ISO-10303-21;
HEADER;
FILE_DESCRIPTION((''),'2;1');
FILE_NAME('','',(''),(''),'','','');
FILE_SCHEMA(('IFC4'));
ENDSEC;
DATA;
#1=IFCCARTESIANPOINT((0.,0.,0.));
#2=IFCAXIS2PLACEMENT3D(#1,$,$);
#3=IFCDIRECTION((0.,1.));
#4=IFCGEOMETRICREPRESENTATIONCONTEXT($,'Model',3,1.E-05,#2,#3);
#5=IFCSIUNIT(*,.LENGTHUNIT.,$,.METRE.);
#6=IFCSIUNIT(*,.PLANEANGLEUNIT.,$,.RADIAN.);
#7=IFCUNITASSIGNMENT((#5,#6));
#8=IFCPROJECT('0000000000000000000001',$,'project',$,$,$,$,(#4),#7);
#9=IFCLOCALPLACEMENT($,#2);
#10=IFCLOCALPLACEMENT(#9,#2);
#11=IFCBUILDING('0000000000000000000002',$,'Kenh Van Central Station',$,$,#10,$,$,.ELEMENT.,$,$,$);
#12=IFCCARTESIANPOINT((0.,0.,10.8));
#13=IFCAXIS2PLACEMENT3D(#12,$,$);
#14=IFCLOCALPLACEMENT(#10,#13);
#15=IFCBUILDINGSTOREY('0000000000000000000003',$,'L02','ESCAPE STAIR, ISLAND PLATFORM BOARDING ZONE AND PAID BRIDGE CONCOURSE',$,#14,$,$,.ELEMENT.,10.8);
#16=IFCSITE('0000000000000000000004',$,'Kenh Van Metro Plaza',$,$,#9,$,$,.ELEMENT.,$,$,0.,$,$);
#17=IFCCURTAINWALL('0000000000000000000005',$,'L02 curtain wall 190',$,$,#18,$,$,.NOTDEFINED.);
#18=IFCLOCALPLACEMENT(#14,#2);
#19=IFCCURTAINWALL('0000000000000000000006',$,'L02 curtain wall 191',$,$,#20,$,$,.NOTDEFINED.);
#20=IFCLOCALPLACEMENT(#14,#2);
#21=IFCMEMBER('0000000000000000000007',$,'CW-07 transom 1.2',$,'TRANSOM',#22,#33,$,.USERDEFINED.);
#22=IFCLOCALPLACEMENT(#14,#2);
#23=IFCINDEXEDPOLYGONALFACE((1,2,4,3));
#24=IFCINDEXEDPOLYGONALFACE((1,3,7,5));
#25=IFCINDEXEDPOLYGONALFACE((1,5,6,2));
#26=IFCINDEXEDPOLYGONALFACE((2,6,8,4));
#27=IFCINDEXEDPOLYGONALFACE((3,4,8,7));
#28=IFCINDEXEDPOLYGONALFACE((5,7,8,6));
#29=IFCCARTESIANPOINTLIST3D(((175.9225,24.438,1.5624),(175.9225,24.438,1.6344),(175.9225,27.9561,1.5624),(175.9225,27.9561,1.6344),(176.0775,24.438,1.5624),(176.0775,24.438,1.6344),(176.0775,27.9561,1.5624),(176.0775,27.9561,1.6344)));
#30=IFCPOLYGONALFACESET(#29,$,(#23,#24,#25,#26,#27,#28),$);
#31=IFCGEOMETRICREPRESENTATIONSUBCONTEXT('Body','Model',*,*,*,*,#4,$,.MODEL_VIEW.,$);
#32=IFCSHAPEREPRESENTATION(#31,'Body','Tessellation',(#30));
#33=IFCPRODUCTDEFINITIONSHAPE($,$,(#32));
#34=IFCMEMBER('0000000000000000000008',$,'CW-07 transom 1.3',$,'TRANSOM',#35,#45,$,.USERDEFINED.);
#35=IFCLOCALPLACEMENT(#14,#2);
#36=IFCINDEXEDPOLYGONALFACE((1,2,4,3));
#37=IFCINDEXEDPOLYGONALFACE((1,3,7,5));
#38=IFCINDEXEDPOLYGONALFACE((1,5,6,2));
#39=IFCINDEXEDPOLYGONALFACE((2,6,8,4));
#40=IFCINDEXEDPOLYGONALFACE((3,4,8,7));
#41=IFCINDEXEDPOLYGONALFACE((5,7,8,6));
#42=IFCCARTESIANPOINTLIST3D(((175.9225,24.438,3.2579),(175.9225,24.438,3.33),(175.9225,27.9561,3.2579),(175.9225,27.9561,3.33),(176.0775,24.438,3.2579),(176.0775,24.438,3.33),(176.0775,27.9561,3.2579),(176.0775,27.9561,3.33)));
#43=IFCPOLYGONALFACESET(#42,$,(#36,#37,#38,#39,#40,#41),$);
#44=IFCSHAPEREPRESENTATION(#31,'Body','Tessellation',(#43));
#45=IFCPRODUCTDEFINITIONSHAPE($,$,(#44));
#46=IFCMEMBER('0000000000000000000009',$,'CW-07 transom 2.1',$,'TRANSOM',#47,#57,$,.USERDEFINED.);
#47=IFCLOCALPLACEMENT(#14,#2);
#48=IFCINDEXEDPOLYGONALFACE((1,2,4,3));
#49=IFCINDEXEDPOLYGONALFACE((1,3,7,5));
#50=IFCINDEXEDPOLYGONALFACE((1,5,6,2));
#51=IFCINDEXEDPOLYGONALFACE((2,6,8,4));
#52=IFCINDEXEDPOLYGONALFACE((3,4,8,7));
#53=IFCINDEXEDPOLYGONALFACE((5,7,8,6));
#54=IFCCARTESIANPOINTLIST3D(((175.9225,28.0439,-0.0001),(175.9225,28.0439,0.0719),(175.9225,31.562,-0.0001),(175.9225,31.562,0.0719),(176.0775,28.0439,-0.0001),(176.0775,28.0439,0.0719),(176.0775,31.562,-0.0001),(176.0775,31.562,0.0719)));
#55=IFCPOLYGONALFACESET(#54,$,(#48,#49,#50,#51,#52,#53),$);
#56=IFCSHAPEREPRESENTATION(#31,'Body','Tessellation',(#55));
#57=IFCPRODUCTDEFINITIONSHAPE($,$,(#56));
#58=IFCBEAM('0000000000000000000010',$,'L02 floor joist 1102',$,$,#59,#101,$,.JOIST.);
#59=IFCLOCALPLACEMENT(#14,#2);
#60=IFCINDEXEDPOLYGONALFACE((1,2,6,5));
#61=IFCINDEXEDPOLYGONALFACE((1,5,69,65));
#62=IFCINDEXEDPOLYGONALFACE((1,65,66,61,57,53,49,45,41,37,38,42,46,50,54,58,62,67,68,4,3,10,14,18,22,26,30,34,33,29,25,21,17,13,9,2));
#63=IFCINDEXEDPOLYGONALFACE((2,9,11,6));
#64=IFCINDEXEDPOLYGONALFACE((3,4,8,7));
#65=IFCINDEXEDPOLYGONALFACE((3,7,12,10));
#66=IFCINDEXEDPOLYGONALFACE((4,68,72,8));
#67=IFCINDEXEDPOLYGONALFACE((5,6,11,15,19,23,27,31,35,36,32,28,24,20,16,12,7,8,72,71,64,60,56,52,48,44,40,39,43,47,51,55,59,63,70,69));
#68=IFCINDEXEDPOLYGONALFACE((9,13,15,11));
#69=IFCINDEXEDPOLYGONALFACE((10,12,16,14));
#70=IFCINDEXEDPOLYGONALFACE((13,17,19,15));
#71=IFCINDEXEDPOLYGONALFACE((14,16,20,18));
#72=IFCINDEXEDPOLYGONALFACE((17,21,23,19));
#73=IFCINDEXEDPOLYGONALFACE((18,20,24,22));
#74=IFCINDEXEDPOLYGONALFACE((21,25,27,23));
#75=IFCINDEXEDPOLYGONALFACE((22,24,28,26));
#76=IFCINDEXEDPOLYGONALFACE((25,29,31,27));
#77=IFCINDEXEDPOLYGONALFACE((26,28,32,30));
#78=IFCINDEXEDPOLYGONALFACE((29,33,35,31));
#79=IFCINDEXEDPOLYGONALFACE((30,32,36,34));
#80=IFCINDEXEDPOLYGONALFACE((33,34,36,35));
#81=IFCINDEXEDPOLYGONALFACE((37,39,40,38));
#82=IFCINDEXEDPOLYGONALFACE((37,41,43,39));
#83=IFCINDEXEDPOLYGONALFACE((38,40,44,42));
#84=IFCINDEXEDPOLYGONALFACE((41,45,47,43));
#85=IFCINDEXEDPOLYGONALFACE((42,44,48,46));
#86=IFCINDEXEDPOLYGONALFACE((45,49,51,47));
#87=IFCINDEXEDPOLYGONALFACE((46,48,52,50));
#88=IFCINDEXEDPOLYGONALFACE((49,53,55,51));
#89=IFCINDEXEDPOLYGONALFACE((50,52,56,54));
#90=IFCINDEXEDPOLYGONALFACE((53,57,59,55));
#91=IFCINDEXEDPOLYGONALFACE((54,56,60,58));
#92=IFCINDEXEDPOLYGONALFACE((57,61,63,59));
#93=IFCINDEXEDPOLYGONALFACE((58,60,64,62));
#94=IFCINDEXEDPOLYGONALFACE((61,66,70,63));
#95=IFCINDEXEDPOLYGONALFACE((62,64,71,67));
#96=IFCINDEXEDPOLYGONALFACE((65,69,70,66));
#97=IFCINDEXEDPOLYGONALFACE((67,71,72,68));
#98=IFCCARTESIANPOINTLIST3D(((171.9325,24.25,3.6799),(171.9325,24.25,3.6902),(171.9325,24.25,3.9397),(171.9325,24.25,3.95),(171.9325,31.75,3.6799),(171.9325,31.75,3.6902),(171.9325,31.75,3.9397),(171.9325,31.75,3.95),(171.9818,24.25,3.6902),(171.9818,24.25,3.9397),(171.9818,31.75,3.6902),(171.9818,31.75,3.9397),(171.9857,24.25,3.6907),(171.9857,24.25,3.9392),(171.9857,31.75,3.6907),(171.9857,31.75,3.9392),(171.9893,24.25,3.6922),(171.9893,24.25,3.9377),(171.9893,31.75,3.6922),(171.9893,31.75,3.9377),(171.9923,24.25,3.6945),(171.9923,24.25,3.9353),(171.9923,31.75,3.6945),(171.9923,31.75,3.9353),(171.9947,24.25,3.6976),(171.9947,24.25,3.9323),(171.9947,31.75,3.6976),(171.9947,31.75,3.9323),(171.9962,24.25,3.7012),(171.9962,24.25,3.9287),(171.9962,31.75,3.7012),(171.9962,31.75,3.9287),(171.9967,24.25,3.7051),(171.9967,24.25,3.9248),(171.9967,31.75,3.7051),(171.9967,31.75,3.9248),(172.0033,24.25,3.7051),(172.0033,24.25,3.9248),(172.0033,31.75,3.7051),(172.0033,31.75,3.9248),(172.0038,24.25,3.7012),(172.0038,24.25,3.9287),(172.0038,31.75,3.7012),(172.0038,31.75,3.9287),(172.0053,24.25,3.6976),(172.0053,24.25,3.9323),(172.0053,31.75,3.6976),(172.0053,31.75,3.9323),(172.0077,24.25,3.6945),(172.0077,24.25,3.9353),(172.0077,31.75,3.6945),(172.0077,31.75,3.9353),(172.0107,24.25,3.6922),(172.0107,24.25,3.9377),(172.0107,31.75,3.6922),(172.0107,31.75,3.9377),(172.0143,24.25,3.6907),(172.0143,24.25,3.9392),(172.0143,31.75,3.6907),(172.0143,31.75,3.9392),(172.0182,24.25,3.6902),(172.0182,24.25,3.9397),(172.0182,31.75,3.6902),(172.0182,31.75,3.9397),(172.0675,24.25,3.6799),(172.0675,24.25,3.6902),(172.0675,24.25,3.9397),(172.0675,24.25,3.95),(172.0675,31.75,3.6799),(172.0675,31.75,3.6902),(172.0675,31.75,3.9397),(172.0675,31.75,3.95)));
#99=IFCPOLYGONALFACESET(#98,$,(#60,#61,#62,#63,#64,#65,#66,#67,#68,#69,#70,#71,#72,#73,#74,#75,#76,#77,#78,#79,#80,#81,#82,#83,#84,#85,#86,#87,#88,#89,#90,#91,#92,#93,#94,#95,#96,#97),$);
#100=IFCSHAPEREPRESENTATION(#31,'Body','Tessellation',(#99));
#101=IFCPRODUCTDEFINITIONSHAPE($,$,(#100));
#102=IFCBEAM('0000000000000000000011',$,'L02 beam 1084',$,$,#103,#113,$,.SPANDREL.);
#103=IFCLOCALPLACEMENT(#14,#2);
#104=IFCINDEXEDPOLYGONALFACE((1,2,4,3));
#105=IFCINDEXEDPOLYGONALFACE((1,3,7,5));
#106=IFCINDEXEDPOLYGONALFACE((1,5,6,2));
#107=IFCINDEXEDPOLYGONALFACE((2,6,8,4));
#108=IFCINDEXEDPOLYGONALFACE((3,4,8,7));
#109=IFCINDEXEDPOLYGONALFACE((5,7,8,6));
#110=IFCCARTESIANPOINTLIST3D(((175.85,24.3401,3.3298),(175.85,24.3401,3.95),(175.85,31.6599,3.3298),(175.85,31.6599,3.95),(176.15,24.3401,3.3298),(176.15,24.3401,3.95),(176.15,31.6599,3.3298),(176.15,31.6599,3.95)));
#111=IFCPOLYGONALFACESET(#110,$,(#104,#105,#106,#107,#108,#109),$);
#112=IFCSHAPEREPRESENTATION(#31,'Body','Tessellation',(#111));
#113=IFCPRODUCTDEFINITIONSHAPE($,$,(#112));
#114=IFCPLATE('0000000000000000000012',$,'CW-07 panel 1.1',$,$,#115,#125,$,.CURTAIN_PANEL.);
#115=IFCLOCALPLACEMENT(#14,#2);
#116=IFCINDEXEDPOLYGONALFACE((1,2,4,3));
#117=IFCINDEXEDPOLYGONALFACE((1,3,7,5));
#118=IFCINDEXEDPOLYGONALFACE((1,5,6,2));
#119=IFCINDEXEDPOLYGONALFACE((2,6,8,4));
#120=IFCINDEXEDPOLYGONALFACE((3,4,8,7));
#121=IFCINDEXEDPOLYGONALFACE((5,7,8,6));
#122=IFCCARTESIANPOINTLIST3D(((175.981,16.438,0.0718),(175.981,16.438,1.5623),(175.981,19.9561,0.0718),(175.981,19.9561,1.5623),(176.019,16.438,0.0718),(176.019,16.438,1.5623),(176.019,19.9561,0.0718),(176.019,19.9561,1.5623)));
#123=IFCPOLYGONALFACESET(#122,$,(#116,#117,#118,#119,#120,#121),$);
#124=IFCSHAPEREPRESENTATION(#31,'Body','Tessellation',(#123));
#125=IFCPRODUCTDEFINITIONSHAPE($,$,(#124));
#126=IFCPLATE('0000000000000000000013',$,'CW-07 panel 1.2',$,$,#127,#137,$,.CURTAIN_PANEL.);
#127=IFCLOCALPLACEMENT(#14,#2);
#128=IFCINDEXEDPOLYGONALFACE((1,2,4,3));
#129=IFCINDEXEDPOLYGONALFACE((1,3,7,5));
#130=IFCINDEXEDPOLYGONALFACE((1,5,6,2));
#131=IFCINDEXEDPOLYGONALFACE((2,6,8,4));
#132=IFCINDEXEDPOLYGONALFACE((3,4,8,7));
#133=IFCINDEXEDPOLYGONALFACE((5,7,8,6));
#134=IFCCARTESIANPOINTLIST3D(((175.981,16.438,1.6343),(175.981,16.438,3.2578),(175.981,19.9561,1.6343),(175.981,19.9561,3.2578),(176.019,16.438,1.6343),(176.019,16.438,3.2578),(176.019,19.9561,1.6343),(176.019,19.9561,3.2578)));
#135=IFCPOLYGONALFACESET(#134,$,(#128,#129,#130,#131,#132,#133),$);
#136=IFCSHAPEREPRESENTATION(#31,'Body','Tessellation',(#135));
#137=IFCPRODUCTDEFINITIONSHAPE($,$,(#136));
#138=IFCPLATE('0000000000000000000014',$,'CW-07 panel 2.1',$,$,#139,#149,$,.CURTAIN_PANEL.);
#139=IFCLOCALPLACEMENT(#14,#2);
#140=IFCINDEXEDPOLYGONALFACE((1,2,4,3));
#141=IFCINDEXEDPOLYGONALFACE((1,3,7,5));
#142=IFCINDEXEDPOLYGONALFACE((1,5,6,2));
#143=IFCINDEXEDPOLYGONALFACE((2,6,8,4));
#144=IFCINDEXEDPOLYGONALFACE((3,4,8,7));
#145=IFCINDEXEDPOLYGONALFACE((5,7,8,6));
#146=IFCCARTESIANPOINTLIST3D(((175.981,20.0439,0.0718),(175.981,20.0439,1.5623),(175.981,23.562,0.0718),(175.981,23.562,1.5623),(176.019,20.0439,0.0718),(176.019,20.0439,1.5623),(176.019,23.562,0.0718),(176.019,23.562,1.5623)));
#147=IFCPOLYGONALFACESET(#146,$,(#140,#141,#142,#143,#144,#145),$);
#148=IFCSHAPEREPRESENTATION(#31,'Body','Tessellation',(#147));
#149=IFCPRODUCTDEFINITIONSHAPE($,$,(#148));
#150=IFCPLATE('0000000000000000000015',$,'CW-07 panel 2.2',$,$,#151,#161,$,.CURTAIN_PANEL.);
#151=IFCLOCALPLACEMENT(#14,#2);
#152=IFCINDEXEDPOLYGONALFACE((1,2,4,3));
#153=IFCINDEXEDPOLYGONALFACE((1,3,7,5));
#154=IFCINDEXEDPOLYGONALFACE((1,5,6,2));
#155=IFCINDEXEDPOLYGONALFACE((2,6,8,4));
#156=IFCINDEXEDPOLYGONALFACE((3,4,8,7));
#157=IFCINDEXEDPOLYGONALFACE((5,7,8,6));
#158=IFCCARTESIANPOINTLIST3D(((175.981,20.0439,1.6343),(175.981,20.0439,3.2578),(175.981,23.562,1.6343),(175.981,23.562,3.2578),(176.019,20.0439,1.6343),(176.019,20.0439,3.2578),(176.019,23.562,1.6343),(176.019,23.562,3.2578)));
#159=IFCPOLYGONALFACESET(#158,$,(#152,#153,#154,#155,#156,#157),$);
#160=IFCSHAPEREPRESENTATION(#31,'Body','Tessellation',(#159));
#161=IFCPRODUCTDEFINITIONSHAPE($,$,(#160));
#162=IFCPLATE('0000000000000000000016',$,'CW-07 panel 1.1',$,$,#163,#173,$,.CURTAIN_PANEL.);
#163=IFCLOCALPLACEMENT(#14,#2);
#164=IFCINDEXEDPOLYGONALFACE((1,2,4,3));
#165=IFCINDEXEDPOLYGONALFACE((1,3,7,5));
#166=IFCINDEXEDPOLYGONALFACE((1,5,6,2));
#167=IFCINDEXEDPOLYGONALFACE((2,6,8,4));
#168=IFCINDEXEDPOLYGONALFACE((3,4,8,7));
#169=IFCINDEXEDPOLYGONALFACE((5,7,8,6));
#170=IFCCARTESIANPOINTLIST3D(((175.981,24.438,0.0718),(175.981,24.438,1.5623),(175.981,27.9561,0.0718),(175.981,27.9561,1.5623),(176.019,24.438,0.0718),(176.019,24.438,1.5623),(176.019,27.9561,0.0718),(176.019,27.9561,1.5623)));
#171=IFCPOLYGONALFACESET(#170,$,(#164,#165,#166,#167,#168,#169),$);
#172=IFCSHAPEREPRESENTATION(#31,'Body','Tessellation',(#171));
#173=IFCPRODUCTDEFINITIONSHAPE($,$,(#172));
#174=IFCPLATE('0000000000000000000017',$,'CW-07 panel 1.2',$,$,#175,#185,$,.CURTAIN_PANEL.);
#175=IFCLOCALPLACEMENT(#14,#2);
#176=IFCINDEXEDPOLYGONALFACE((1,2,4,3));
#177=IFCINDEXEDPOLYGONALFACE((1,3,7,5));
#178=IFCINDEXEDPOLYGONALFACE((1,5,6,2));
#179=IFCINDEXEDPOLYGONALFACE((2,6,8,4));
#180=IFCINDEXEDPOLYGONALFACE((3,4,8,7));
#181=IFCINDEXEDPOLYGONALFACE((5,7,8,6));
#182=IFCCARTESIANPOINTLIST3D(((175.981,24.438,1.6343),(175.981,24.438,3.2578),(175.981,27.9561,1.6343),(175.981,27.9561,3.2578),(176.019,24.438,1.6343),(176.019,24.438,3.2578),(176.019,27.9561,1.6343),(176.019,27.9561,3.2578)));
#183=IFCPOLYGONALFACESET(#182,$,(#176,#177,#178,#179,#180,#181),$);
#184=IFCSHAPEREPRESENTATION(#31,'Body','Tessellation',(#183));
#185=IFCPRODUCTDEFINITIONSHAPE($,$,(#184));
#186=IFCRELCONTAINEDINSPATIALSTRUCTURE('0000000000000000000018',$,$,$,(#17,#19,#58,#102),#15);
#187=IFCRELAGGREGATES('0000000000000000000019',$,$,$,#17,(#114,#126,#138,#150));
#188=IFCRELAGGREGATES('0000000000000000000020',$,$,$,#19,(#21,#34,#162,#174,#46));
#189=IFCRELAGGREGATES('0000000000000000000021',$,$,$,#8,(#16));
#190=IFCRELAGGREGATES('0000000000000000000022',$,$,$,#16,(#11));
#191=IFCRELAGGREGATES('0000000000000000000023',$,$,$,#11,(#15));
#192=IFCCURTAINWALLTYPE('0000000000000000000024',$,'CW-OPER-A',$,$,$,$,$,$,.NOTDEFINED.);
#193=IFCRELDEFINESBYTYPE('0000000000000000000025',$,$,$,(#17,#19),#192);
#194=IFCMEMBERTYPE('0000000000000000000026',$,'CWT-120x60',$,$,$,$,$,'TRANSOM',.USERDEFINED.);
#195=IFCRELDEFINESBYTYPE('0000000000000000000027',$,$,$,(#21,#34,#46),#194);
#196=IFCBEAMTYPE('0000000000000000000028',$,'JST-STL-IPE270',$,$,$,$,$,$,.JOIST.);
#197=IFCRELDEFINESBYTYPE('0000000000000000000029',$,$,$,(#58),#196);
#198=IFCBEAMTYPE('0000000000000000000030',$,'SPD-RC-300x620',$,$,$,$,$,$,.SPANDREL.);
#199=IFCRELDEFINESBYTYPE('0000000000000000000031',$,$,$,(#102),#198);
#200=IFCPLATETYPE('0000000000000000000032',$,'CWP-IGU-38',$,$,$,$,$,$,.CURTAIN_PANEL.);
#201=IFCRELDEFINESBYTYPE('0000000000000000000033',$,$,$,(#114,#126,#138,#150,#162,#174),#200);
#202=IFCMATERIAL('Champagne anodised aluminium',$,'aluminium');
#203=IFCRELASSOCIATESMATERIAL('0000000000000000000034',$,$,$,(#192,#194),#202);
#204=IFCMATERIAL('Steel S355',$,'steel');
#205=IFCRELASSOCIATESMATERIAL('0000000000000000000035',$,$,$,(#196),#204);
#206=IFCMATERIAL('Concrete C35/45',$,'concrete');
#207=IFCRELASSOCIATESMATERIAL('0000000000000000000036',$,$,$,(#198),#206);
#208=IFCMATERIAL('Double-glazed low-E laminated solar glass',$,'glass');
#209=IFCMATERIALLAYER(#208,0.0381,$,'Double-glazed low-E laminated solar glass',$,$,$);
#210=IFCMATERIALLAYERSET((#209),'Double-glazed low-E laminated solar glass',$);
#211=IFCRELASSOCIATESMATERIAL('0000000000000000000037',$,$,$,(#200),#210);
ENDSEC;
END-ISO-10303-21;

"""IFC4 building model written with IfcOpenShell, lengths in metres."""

from ifc_helpers import new_model, si_unit, direction, frame, origin, origin_2d, place, context, subcontext, project, spatial, rectangle, i_section, extrude, material, layer, layer_set, material_profile, profile_set, type_object, element, aggregate, save


model = new_model("IFC4")

# Units and contexts
model_context = context("Model", 3, precision=1e-05, world=origin(), true_north=direction((0.0, 1.0)))
body_context = subcontext(model_context, "Body", "Model", "MODEL_VIEW")
ifc_project = project(units=[si_unit("LENGTHUNIT", "METRE"), si_unit("PLANEANGLEUNIT", "RADIAN")], contexts=[model_context])

# Site, building, storey
site_placement = place(None, origin())
site = spatial("IfcSite", under=ifc_project, at=site_placement, Name="Kenh Van Metro Plaza", CompositionType="ELEMENT", RefElevation=0.0)
building_placement = place(site_placement, origin())
building = spatial("IfcBuilding", under=site, at=building_placement, Name="Kenh Van Central Station", CompositionType="ELEMENT")
storey_placement = place(building_placement, frame((0.0, 0.0, 10.8)))
storey = spatial("IfcBuildingStorey", under=building, at=storey_placement, Name="L02", Description="ESCAPE STAIR, ISLAND PLATFORM BOARDING ZONE AND PAID BRIDGE CONCOURSE", CompositionType="ELEMENT", Elevation=10.8)

# Shared definitions
ifc_material_1 = material(Name="Concrete C35/45", Category="concrete")

# Curtain walls
ifc_material_2 = material(Name="Champagne anodised aluminium", Category="aluminium")
curtain_wall_type = type_object("IfcCurtainWallType", Name="CW-OPER-A", PredefinedType="NOTDEFINED", material=ifc_material_2)
curtain_wall_1_placement = place(storey_placement, origin())
curtain_wall_1 = element("IfcCurtainWall", 1, at=curtain_wall_1_placement, inside=storey, type_object=curtain_wall_type, Name="L02 curtain wall 190", PredefinedType="NOTDEFINED")
curtain_wall_2_placement = place(storey_placement, origin())
curtain_wall_2 = element("IfcCurtainWall", 2, at=curtain_wall_2_placement, inside=storey, type_object=curtain_wall_type, Name="L02 curtain wall 191", PredefinedType="NOTDEFINED")

# Members
ifc_material_profile_1 = material_profile(ifc_material_2, rectangle(XDim=0.155, YDim=0.072, at=origin_2d()), Name="AL 155x72")
ifc_profile_set_1 = profile_set([ifc_material_profile_1], Name="Champagne anodised aluminium")
member_type_1 = type_object("IfcMemberType", Name="CWT-120x60", ElementType="TRANSOM", PredefinedType="USERDEFINED", material=ifc_profile_set_1)
member_1_placement = place(storey_placement, frame((176.0, 24.438, 1.5984), z_axis=(0.0, 1.0, 0.0), x_axis=(-1.0, 0.0, 0.0)))
member_1 = element("IfcMember", 3, at=member_1_placement, type_object=member_type_1, Name="CW-07 transom 1.2", ObjectType="TRANSOM", PredefinedType="USERDEFINED", context=body_context, shape_type="SweptSolid", body=[
    extrude(rectangle(XDim=0.155, YDim=0.072, at=origin_2d()), origin(), (0.0, 0.0, 1.0), 3.5181),
])
member_2_placement = place(storey_placement, frame((176.0, 24.438, 3.2939), z_axis=(0.0, 1.0, 0.0), x_axis=(-1.0, 0.0, 0.0)))
member_2 = element("IfcMember", 4, at=member_2_placement, type_object=member_type_1, Name="CW-07 transom 1.3", ObjectType="TRANSOM", PredefinedType="USERDEFINED", context=body_context, shape_type="SweptSolid", body=[
    extrude(rectangle(XDim=0.155, YDim=0.072, at=origin_2d()), origin(), (0.0, 0.0, 1.0), 3.5181),
])
member_3_placement = place(storey_placement, frame((176.0, 28.0439, 0.0359), z_axis=(0.0, 1.0, 0.0), x_axis=(-1.0, 0.0, 0.0)))
member_3 = element("IfcMember", 5, at=member_3_placement, type_object=member_type_1, Name="CW-07 transom 2.1", ObjectType="TRANSOM", PredefinedType="USERDEFINED", context=body_context, shape_type="SweptSolid", body=[
    extrude(rectangle(XDim=0.155, YDim=0.072, at=origin_2d()), origin(), (0.0, 0.0, 1.0), 3.5181),
])

# Beams
ifc_material_3 = material(Name="Steel S355", Category="steel")
ifc_material_profile_2 = material_profile(ifc_material_3, i_section(OverallWidth=0.135, OverallDepth=0.27, WebThickness=0.0066, FlangeThickness=0.0103, FilletRadius=0.0149, at=origin_2d()), Name="IPE 270")
ifc_profile_set_2 = profile_set([ifc_material_profile_2], Name="Steel S355")
beam_type_1 = type_object("IfcBeamType", Name="JST-STL-IPE270", PredefinedType="JOIST", material=ifc_profile_set_2)
beam_1_placement = place(storey_placement, frame((172.0, 24.25, 3.8149), z_axis=(0.0, 1.0, 0.0), x_axis=(-1.0, 0.0, 0.0)))
element("IfcBeam", 6, at=beam_1_placement, inside=storey, type_object=beam_type_1, Name="L02 floor joist 1102", PredefinedType="JOIST", context=body_context, shape_type="SweptSolid", body=[
    extrude(i_section(OverallWidth=0.135, OverallDepth=0.27, WebThickness=0.0066, FlangeThickness=0.0103, FilletRadius=0.0149, at=origin_2d()), origin(), (0.0, 0.0, 1.0), 7.5),
])
ifc_material_profile_3 = material_profile(ifc_material_1, rectangle(XDim=0.3, YDim=0.6201, at=origin_2d()), Name="RC 300x620")
ifc_profile_set_3 = profile_set([ifc_material_profile_3], Name="Concrete C35/45")
beam_type_2 = type_object("IfcBeamType", Name="SPD-RC-300x620", PredefinedType="SPANDREL", material=ifc_profile_set_3)
beam_2_placement = place(storey_placement, frame((176.0, 24.3401, 3.6399), z_axis=(0.0, 1.0, 0.0), x_axis=(-1.0, 0.0, 0.0)))
element("IfcBeam", 7, at=beam_2_placement, inside=storey, type_object=beam_type_2, Name="L02 beam 1084", PredefinedType="SPANDREL", context=body_context, shape_type="SweptSolid", body=[
    extrude(rectangle(XDim=0.3, YDim=0.6201, at=origin_2d()), origin(), (0.0, 0.0, 1.0), 7.3198),
])

# Plates
ifc_material_4 = material(Name="Double-glazed low-E laminated solar glass", Category="glass")
ifc_layer_1 = layer(ifc_material_4, 0.0381, Name="Double-glazed low-E laminated solar glass")
ifc_layer_set_1 = layer_set([ifc_layer_1], Name="Double-glazed low-E laminated solar glass")
plate_type = type_object("IfcPlateType", Name="CWP-IGU-38", PredefinedType="CURTAIN_PANEL", material=ifc_layer_set_1)
plate_1_placement = place(storey_placement, frame((176.0, 18.197, 0.0718), z_axis=(0.0, 0.0, 1.0), x_axis=(0.0, 1.0, 0.0)))
plate_1 = element("IfcPlate", 8, at=plate_1_placement, type_object=plate_type, Name="CW-07 panel 1.1", PredefinedType="CURTAIN_PANEL", context=body_context, shape_type="SweptSolid", body=[
    extrude(rectangle(XDim=3.5181, YDim=0.0381, at=origin_2d()), origin(), (0.0, 0.0, 1.0), 1.4905),
])
plate_2_placement = place(storey_placement, frame((176.0, 18.197, 1.6343), z_axis=(0.0, 0.0, 1.0), x_axis=(0.0, 1.0, 0.0)))
plate_2 = element("IfcPlate", 9, at=plate_2_placement, type_object=plate_type, Name="CW-07 panel 1.2", PredefinedType="CURTAIN_PANEL", context=body_context, shape_type="SweptSolid", body=[
    extrude(rectangle(XDim=3.5181, YDim=0.0381, at=origin_2d()), origin(), (0.0, 0.0, 1.0), 1.6235),
])
plate_3_placement = place(storey_placement, frame((176.0, 21.803, 0.0718), z_axis=(0.0, 0.0, 1.0), x_axis=(0.0, 1.0, 0.0)))
plate_3 = element("IfcPlate", 10, at=plate_3_placement, type_object=plate_type, Name="CW-07 panel 2.1", PredefinedType="CURTAIN_PANEL", context=body_context, shape_type="SweptSolid", body=[
    extrude(rectangle(XDim=3.5181, YDim=0.0381, at=origin_2d()), origin(), (0.0, 0.0, 1.0), 1.4905),
])
plate_4_placement = place(storey_placement, frame((176.0, 21.803, 1.6343), z_axis=(0.0, 0.0, 1.0), x_axis=(0.0, 1.0, 0.0)))
plate_4 = element("IfcPlate", 11, at=plate_4_placement, type_object=plate_type, Name="CW-07 panel 2.2", PredefinedType="CURTAIN_PANEL", context=body_context, shape_type="SweptSolid", body=[
    extrude(rectangle(XDim=3.5181, YDim=0.0381, at=origin_2d()), origin(), (0.0, 0.0, 1.0), 1.6235),
])
aggregate(curtain_wall_1, [plate_1, plate_2, plate_3, plate_4])
plate_5_placement = place(storey_placement, frame((176.0, 26.197, 0.0718), z_axis=(0.0, 0.0, 1.0), x_axis=(0.0, 1.0, 0.0)))
plate_5 = element("IfcPlate", 12, at=plate_5_placement, type_object=plate_type, Name="CW-07 panel 1.1", PredefinedType="CURTAIN_PANEL", context=body_context, shape_type="SweptSolid", body=[
    extrude(rectangle(XDim=3.5181, YDim=0.0381, at=origin_2d()), origin(), (0.0, 0.0, 1.0), 1.4905),
])
plate_6_placement = place(storey_placement, frame((176.0, 26.197, 1.6343), z_axis=(0.0, 0.0, 1.0), x_axis=(0.0, 1.0, 0.0)))
plate_6 = element("IfcPlate", 13, at=plate_6_placement, type_object=plate_type, Name="CW-07 panel 1.2", PredefinedType="CURTAIN_PANEL", context=body_context, shape_type="SweptSolid", body=[
    extrude(rectangle(XDim=3.5181, YDim=0.0381, at=origin_2d()), origin(), (0.0, 0.0, 1.0), 1.6235),
])
aggregate(curtain_wall_2, [member_1, member_2, plate_5, plate_6, member_3])

save(model, "model.ifc")
